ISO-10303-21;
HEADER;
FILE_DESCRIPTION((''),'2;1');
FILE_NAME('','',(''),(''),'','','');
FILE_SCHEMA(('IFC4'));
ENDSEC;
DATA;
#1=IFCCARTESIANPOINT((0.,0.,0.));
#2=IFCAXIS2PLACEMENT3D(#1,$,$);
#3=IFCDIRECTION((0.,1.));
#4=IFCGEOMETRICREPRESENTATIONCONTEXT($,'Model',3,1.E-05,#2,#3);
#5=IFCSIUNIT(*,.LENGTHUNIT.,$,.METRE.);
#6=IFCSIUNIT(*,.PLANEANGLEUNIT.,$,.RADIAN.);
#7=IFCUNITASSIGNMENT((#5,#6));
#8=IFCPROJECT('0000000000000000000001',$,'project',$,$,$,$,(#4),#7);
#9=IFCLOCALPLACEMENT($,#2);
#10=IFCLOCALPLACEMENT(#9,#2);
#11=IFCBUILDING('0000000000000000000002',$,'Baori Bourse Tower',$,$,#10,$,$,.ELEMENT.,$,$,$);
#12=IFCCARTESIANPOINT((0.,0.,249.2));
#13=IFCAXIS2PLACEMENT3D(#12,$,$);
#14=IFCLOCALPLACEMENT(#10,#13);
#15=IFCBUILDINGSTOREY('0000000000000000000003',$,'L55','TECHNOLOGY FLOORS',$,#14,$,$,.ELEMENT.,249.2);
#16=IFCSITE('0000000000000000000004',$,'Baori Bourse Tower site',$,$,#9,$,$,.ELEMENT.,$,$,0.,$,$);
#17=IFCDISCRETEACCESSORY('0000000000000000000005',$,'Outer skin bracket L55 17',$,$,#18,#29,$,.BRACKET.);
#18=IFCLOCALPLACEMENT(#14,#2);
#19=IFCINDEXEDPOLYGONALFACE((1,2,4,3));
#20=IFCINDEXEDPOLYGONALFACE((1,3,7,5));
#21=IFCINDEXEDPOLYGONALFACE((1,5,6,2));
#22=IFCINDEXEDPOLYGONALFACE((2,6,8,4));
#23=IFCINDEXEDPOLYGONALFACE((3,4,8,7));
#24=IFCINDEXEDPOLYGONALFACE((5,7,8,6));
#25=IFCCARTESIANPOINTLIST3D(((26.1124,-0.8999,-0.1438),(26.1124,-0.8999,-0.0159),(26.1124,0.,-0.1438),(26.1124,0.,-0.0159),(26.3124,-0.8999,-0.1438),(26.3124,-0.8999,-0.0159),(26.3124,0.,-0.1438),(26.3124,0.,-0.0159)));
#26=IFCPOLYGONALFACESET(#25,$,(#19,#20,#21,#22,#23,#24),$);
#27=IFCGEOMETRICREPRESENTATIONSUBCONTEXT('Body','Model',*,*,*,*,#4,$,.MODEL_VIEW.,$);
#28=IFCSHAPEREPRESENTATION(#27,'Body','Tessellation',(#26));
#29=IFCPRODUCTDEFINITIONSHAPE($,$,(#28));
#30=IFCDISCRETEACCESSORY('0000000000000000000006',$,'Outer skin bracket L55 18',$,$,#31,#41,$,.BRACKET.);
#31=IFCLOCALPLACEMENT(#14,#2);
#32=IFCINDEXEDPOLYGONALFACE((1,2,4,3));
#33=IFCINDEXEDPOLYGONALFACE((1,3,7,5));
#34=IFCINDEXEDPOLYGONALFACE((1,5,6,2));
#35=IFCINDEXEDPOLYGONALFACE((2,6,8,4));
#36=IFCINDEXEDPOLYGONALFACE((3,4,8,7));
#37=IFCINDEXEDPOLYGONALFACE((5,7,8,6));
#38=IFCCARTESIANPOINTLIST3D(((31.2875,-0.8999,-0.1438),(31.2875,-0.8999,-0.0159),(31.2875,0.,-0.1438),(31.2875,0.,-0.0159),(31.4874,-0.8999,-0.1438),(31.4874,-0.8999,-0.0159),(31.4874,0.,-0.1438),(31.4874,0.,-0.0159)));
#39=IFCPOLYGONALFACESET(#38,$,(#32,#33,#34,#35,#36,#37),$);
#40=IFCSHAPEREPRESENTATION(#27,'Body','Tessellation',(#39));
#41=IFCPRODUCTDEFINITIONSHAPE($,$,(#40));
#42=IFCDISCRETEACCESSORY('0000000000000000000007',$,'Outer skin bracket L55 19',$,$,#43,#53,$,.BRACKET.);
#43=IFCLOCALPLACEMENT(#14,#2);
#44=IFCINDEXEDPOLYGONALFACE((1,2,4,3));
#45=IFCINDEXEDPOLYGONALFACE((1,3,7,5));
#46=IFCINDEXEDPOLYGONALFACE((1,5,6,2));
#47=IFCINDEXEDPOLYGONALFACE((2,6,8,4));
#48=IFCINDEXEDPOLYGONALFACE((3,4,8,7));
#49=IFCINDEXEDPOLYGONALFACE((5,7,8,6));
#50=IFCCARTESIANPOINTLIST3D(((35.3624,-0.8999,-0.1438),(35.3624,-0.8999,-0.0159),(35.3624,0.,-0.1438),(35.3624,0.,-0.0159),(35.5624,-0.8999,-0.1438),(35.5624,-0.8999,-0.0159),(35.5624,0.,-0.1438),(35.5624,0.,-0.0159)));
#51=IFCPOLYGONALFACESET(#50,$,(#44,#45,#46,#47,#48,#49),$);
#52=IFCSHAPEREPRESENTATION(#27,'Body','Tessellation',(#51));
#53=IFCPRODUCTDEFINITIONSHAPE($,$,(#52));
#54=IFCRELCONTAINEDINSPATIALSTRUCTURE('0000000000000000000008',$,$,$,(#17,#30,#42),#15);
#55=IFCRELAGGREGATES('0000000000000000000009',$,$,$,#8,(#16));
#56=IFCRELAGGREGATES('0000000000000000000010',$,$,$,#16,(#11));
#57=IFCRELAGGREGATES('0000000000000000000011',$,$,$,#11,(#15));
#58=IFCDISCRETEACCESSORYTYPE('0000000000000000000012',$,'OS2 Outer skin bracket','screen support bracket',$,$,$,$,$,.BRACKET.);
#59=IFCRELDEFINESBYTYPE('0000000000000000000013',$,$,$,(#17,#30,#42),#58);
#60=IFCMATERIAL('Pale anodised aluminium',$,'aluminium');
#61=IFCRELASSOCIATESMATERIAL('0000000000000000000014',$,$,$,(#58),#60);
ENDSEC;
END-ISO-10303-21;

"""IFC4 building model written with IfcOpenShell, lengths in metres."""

from ifc_helpers import new_model, si_unit, direction, frame, origin, origin_2d, place, context, subcontext, project, spatial, rectangle, extrude, material, type_object, element, save


model = new_model("IFC4")

# Units and contexts
model_context = context("Model", 3, precision=1e-05, world=origin(), true_north=direction((0.0, 1.0)))
body_context = subcontext(model_context, "Body", "Model", "MODEL_VIEW")
ifc_project = project(units=[si_unit("LENGTHUNIT", "METRE"), si_unit("PLANEANGLEUNIT", "RADIAN")], contexts=[model_context])

# Site, building, storey
site_placement = place(None, origin())
site = spatial("IfcSite", under=ifc_project, at=site_placement, Name="Baori Bourse Tower site", CompositionType="ELEMENT", RefElevation=0.0)
building_placement = place(site_placement, origin())
building = spatial("IfcBuilding", under=site, at=building_placement, Name="Baori Bourse Tower", CompositionType="ELEMENT")
storey_placement = place(building_placement, frame((0.0, 0.0, 249.2)))
storey = spatial("IfcBuildingStorey", under=building, at=storey_placement, Name="L55", Description="TECHNOLOGY FLOORS", CompositionType="ELEMENT", Elevation=249.2)

# Discrete accessories
ifc_material_1 = material(Name="Pale anodised aluminium", Category="aluminium")
discrete_accessory_type = type_object("IfcDiscreteAccessoryType", Name="OS2 Outer skin bracket", Description="screen support bracket", PredefinedType="BRACKET", material=ifc_material_1)
for number, where, z_axis, x_axis, name in (
    (1, (26.2124, -0.45, -0.1438), (0.0, 0.0, 1.0), (1.0, 0.0, 0.0), "Outer skin bracket L55 17"),
    (2, (31.3875, -0.45, -0.1438), (0.0, 0.0, 1.0), (1.0, 0.0, 0.0), "Outer skin bracket L55 18"),
    (3, (35.4624, -0.45, -0.1438), (0.0, 0.0, 1.0), (1.0, 0.0, 0.0), "Outer skin bracket L55 19"),
):
    element("IfcDiscreteAccessory", number, at=place(storey_placement, frame(where, z_axis=z_axis, x_axis=x_axis)), inside=storey, type_object=discrete_accessory_type, Name=name, PredefinedType="BRACKET", context=body_context, shape_type="SweptSolid", body=[
        extrude(rectangle(XDim=0.2, YDim=0.8999, at=origin_2d()), origin(), (0.0, 0.0, 1.0), 0.1279),
    ])

save(model, "model.ifc")
